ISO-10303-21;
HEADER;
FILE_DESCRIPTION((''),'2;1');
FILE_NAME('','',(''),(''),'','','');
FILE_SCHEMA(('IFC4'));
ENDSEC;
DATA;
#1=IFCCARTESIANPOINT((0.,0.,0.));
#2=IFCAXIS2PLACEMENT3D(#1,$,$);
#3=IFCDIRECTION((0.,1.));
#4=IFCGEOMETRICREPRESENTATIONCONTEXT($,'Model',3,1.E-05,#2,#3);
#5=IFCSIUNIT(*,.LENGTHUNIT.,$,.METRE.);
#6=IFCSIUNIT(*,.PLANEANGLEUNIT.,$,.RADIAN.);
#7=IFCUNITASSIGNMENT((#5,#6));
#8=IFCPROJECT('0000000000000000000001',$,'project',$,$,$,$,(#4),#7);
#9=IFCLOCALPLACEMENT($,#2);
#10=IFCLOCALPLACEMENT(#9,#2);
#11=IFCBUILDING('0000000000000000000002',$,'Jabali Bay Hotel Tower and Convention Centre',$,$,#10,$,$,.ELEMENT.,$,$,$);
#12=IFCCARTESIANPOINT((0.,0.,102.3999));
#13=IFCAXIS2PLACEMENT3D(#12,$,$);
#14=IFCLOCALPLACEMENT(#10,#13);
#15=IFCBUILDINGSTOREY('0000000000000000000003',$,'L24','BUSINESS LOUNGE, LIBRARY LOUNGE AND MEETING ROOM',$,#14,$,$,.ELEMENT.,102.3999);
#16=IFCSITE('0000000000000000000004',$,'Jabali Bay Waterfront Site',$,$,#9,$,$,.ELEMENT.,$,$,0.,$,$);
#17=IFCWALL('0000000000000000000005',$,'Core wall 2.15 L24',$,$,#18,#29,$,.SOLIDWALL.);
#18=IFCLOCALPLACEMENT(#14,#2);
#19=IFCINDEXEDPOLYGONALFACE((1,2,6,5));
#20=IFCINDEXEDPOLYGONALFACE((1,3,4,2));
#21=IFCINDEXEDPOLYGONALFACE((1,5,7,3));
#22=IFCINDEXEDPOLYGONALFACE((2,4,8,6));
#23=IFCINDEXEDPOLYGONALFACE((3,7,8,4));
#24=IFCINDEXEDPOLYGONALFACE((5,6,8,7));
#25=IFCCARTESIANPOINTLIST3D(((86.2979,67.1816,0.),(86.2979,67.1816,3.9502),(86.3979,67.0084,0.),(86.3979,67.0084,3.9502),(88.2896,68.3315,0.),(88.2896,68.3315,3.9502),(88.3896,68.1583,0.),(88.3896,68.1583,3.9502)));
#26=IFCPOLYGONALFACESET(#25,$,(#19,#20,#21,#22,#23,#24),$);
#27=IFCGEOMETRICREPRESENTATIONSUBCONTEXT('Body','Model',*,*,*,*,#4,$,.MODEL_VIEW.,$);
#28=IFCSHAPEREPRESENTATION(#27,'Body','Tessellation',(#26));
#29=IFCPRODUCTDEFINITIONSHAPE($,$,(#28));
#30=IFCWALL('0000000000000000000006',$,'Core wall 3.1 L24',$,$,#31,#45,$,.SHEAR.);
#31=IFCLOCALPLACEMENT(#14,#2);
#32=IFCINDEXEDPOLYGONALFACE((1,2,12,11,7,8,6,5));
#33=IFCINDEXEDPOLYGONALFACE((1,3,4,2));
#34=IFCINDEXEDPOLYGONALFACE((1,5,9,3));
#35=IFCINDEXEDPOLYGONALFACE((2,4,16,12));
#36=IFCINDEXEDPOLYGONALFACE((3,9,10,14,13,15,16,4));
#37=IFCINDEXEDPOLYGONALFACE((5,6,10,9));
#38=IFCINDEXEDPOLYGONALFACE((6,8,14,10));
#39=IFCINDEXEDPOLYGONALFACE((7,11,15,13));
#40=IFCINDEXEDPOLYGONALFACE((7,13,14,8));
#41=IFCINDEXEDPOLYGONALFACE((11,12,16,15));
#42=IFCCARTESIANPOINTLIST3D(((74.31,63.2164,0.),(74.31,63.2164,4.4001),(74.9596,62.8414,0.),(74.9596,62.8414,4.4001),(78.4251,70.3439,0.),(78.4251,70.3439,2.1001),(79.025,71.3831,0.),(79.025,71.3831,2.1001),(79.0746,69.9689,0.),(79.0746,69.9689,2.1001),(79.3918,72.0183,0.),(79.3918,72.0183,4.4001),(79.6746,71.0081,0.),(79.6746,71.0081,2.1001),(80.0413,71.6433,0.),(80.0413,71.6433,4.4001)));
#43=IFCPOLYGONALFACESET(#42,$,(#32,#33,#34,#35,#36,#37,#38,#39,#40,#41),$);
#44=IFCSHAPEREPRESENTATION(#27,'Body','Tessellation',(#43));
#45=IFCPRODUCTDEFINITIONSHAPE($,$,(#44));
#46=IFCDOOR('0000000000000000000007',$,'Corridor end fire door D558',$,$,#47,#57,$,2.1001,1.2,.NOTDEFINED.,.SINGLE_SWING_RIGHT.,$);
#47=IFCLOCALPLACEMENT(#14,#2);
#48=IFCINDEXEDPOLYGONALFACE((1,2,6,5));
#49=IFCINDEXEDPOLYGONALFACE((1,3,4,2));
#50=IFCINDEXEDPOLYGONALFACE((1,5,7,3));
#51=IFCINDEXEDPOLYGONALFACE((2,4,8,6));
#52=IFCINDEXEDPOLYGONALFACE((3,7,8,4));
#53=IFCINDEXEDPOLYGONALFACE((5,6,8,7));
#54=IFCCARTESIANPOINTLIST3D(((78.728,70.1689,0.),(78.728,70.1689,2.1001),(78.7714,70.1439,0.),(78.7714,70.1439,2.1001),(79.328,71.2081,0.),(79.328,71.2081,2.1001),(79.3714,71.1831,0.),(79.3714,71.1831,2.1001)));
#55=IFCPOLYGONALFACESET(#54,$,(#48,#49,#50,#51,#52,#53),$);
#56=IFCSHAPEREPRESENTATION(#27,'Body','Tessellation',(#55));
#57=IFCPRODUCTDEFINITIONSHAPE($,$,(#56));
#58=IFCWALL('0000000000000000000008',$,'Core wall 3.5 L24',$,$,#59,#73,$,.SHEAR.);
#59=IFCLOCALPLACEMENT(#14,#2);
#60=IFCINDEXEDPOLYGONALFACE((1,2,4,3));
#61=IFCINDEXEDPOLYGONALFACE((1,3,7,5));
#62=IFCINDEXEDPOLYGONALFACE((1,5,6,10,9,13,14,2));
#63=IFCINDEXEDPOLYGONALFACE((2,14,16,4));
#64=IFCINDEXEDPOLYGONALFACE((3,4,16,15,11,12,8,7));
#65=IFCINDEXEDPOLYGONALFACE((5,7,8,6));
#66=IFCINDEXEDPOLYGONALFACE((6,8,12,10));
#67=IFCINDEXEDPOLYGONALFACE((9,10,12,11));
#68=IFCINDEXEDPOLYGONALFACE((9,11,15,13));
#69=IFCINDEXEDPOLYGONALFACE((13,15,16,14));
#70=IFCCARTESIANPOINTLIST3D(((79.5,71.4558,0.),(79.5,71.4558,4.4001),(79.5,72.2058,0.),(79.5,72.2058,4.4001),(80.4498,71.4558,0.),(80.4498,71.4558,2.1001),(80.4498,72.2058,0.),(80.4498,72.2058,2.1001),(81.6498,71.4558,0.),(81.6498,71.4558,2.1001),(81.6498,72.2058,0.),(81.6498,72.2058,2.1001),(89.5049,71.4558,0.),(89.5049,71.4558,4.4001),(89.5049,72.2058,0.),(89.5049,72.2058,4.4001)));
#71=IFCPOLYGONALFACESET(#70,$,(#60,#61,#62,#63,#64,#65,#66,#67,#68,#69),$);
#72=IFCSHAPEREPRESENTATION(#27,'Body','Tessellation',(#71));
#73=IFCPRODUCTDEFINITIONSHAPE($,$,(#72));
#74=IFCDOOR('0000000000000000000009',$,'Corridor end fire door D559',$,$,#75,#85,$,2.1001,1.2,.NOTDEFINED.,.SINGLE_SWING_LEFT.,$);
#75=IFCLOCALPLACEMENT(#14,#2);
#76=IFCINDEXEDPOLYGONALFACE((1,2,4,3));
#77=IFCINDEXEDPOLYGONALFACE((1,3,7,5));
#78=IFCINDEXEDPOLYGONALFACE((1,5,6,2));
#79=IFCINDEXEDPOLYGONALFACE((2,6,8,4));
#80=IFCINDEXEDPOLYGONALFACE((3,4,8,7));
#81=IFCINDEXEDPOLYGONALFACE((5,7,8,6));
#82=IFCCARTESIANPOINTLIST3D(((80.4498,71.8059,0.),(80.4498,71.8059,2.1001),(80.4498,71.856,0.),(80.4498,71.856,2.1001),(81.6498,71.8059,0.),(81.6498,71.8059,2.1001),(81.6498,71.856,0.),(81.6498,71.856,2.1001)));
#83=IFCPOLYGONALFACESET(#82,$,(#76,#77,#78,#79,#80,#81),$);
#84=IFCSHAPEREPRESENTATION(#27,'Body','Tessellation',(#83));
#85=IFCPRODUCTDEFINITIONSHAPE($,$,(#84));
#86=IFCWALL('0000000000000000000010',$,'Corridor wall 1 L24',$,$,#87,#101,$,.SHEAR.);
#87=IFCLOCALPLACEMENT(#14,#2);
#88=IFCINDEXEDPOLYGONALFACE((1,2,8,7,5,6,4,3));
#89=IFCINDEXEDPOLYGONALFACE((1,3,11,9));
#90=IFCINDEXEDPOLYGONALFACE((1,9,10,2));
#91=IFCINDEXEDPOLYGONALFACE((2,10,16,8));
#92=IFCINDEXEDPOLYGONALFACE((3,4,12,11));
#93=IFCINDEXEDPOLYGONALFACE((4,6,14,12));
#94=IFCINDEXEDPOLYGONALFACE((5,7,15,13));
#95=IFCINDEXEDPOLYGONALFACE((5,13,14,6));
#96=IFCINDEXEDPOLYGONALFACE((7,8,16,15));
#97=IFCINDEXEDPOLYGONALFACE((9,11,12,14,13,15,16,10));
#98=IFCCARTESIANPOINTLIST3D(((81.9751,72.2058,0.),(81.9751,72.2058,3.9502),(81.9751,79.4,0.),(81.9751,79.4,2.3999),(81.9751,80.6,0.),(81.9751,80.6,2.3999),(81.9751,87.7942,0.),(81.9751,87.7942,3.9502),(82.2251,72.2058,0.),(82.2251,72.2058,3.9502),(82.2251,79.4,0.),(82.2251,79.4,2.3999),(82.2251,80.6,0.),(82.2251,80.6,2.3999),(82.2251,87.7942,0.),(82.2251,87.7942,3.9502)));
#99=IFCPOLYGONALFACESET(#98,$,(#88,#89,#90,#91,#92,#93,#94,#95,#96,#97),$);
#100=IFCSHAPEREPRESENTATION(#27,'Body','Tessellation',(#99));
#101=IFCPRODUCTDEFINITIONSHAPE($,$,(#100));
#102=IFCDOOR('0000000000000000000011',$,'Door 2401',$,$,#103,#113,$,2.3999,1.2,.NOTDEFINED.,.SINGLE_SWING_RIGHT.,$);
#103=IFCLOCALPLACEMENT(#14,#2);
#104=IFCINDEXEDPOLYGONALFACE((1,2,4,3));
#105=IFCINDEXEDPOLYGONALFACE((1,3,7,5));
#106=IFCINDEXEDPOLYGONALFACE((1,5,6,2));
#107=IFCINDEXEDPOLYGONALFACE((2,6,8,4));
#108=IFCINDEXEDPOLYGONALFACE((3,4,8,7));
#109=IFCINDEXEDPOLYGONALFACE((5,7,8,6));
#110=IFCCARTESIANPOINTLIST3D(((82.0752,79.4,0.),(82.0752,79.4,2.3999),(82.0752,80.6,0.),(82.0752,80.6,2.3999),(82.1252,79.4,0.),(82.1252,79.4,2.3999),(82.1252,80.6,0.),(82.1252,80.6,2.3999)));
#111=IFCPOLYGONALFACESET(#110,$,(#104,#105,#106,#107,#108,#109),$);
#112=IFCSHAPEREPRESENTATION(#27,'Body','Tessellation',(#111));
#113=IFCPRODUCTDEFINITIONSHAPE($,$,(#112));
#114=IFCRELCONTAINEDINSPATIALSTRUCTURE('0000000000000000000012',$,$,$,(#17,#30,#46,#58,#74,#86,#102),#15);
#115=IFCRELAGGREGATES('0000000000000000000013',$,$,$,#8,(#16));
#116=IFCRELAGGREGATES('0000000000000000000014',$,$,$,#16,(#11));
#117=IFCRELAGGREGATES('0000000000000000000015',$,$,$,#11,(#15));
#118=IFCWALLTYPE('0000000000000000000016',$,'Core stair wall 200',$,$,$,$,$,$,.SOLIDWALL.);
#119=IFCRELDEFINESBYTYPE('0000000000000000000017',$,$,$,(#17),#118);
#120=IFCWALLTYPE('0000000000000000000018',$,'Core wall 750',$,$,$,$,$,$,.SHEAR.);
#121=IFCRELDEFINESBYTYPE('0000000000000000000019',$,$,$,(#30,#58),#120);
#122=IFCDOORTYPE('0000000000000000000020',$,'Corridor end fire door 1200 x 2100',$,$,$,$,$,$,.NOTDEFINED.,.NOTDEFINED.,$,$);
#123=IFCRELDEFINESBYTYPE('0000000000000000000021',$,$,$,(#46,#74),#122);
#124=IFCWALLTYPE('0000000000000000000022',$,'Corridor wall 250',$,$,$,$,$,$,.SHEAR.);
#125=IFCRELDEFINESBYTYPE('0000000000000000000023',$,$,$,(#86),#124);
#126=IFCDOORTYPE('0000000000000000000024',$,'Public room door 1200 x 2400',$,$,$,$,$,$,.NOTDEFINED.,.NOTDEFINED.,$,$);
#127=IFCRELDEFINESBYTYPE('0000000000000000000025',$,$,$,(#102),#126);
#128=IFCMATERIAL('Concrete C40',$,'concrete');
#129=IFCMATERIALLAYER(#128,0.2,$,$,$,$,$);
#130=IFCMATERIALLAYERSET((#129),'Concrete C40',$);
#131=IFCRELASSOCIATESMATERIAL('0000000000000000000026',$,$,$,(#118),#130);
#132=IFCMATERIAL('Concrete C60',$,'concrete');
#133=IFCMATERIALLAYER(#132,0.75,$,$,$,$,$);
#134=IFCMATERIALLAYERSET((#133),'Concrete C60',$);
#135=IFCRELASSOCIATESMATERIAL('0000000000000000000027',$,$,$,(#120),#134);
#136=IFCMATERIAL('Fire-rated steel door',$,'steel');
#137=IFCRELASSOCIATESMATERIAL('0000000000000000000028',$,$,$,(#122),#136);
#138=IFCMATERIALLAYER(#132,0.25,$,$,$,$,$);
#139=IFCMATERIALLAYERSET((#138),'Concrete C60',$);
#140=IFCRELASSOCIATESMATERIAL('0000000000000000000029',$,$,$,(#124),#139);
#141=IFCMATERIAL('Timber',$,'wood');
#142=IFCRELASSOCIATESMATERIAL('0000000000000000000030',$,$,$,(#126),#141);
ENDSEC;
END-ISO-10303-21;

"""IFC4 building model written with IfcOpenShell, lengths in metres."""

from ifc_helpers import new_model, si_unit, direction, frame, frame_2d, origin, place, context, subcontext, project, spatial, rectangle, extrude, material, layer, layer_set, type_object, element, fill, save


model = new_model("IFC4")

# Units and contexts
model_context = context("Model", 3, precision=1e-05, world=origin(), true_north=direction((0.0, 1.0)))
body_context = subcontext(model_context, "Body", "Model", "MODEL_VIEW")
ifc_project = project(units=[si_unit("LENGTHUNIT", "METRE"), si_unit("PLANEANGLEUNIT", "RADIAN")], contexts=[model_context])

# Site, building, storey
site_placement = place(None, origin())
site = spatial("IfcSite", under=ifc_project, at=site_placement, Name="Jabali Bay Waterfront Site", CompositionType="ELEMENT", RefElevation=0.0)
building_placement = place(site_placement, origin())
building = spatial("IfcBuilding", under=site, at=building_placement, Name="Jabali Bay Hotel Tower and Convention Centre", CompositionType="ELEMENT")
storey_placement = place(building_placement, frame((0.0, 0.0, 102.3999)))
storey = spatial("IfcBuildingStorey", under=building, at=storey_placement, Name="L24", Description="BUSINESS LOUNGE, LIBRARY LOUNGE AND MEETING ROOM", CompositionType="ELEMENT", Elevation=102.3999)

# Shared definitions
ifc_material_1 = material(Name="Concrete C40", Category="concrete")
ifc_material_2 = material(Name="Fire-rated steel door", Category="steel")

# Wall
ifc_layer_1 = layer(ifc_material_1, 0.2)
ifc_layer_set_1 = layer_set([ifc_layer_1], Name="Concrete C40")
wall_type_1 = type_object("IfcWallType", Name="Core stair wall 200", PredefinedType="SOLIDWALL", material=ifc_layer_set_1)
wall_1_placement = place(storey_placement, frame((86.3479, 67.095, 0.0), z_axis=(0.0, 0.0, 1.0), x_axis=(0.866026, 0.499998, 0.0)))
element("IfcWall", 1, at=wall_1_placement, inside=storey, type_object=wall_type_1, Name="Core wall 2.15 L24", PredefinedType="SOLIDWALL", context=body_context, shape_type="SweptSolid", body=[
    extrude(rectangle(XDim=2.2998, YDim=0.2, at=frame_2d((1.1499, 0.0))), origin(), (0.0, 0.0, 1.0), 3.9502),
])

# Walls, openings, doors
ifc_material_3 = material(Name="Concrete C60", Category="concrete")
ifc_layer_2 = layer(ifc_material_3, 0.75)
ifc_layer_set_2 = layer_set([ifc_layer_2], Name="Concrete C60")
wall_type_2 = type_object("IfcWallType", Name="Core wall 750", PredefinedType="SHEAR", material=ifc_layer_set_2)
wall_2_placement = place(storey_placement, frame((79.7166, 71.8308, 0.0), z_axis=(0.0, 0.0, 1.0), x_axis=(-0.499996, -0.866028, 0.0)))
wall_2 = element("IfcWall", 2, at=wall_2_placement, inside=storey, type_object=wall_type_2, Name="Core wall 3.1 L24", PredefinedType="SHEAR", context=body_context, shape_type="SweptSolid", body=[
    extrude(rectangle(XDim=10.1636, YDim=0.75, at=frame_2d((5.0818, 0.0))), origin(), (0.0, 0.0, 1.0), 4.4001),
])
opening_1_placement = place(wall_2_placement, frame((0.7334, 0.0, 0.0)))
opening_1 = element("IfcOpeningElement", 3, at=opening_1_placement, cuts=wall_2, PredefinedType="OPENING", context=body_context, shape_type="SweptSolid", body=[
    extrude(rectangle(XDim=1.2, YDim=2.1001, at=frame_2d((0.6001, 1.05))), frame((0.0, 0.3855, 0.0), z_axis=(0.0, -1.0, 0.0), x_axis=(1.0, 0.0, 0.0)), (0.0, 0.0, 1.0), 0.771),
])
door_type_1 = type_object("IfcDoorType", Name="Corridor end fire door 1200 x 2100", OperationType="NOTDEFINED", PredefinedType="NOTDEFINED", material=ifc_material_2)
door_1_placement = place(opening_1_placement, origin())
door_1 = element("IfcDoor", 4, at=door_1_placement, inside=storey, type_object=door_type_1, Name="Corridor end fire door D558", OperationType="SINGLE_SWING_RIGHT", OverallHeight=2.1001, OverallWidth=1.2, PredefinedType="NOTDEFINED", context=body_context, shape_type="SweptSolid", body=[
    extrude(rectangle(XDim=1.2, YDim=2.1001, at=frame_2d((0.6001, 1.05))), frame((0.0, 0.0249, 0.0), z_axis=(0.0, -1.0, 0.0), x_axis=(1.0, 0.0, 0.0)), (0.0, 0.0, 1.0), 0.05),
])
fill(opening_1, door_1)
wall_3_placement = place(storey_placement, frame((89.5049, 71.8308, 0.0), z_axis=(0.0, 0.0, 1.0), x_axis=(-1.0, 0.0, 0.0)))
wall_3 = element("IfcWall", 5, at=wall_3_placement, inside=storey, type_object=wall_type_2, Name="Core wall 3.5 L24", PredefinedType="SHEAR", context=body_context, shape_type="SweptSolid", body=[
    extrude(rectangle(XDim=10.0049, YDim=0.75, at=frame_2d((5.0024, 0.0))), origin(), (0.0, 0.0, 1.0), 4.4001),
])
opening_2_placement = place(wall_3_placement, frame((7.855, 0.0, 0.0)))
opening_2 = element("IfcOpeningElement", 6, at=opening_2_placement, cuts=wall_3, PredefinedType="OPENING", context=body_context, shape_type="SweptSolid", body=[
    extrude(rectangle(XDim=1.2, YDim=2.1001, at=frame_2d((0.6001, 1.05))), frame((0.0, 0.3855, 0.0), z_axis=(0.0, -1.0, 0.0), x_axis=(1.0, 0.0, 0.0)), (0.0, 0.0, 1.0), 0.771),
])
door_2_placement = place(opening_2_placement, origin())
door_2 = element("IfcDoor", 7, at=door_2_placement, inside=storey, type_object=door_type_1, Name="Corridor end fire door D559", OperationType="SINGLE_SWING_LEFT", OverallHeight=2.1001, OverallWidth=1.2, PredefinedType="NOTDEFINED", context=body_context, shape_type="SweptSolid", body=[
    extrude(rectangle(XDim=1.2, YDim=2.1001, at=frame_2d((0.6001, 1.05))), frame((0.0, 0.0249, 0.0), z_axis=(0.0, -1.0, 0.0), x_axis=(1.0, 0.0, 0.0)), (0.0, 0.0, 1.0), 0.05),
])
fill(opening_2, door_2)
ifc_layer_3 = layer(ifc_material_3, 0.25)
ifc_layer_set_3 = layer_set([ifc_layer_3], Name="Concrete C60")
wall_type_3 = type_object("IfcWallType", Name="Corridor wall 250", PredefinedType="SHEAR", material=ifc_layer_set_3)
wall_4_placement = place(storey_placement, frame((82.1001, 72.2058, 0.0), z_axis=(0.0, 0.0, 1.0), x_axis=(0.0, 1.0, 0.0)))
wall_4 = element("IfcWall", 8, at=wall_4_placement, inside=storey, type_object=wall_type_3, Name="Corridor wall 1 L24", PredefinedType="SHEAR", context=body_context, shape_type="SweptSolid", body=[
    extrude(rectangle(XDim=15.5884, YDim=0.25, at=frame_2d((7.7942, 0.0))), origin(), (0.0, 0.0, 1.0), 3.9502),
])
opening_3_placement = place(wall_4_placement, frame((7.1941, 0.0, 0.0)))
opening_3 = element("IfcOpeningElement", 9, at=opening_3_placement, cuts=wall_4, PredefinedType="OPENING", context=body_context, shape_type="SweptSolid", body=[
    extrude(rectangle(XDim=1.2, YDim=2.3999, at=frame_2d((0.6001, 1.2))), frame((0.0, 0.1355, 0.0), z_axis=(0.0, -1.0, 0.0), x_axis=(1.0, 0.0, 0.0)), (0.0, 0.0, 1.0), 0.271),
])
ifc_material_4 = material(Name="Timber", Category="wood")
door_type_2 = type_object("IfcDoorType", Name="Public room door 1200 x 2400", OperationType="NOTDEFINED", PredefinedType="NOTDEFINED", material=ifc_material_4)
door_3_placement = place(opening_3_placement, origin())
door_3 = element("IfcDoor", 10, at=door_3_placement, inside=storey, type_object=door_type_2, Name="Door 2401", OperationType="SINGLE_SWING_RIGHT", OverallHeight=2.3999, OverallWidth=1.2, PredefinedType="NOTDEFINED", context=body_context, shape_type="SweptSolid", body=[
    extrude(rectangle(XDim=1.2, YDim=2.3999, at=frame_2d((0.6001, 1.2))), frame((0.0, 0.0249, 0.0), z_axis=(0.0, -1.0, 0.0), x_axis=(1.0, 0.0, 0.0)), (0.0, 0.0, 1.0), 0.05),
])
fill(opening_3, door_3)

save(model, "model.ifc")
